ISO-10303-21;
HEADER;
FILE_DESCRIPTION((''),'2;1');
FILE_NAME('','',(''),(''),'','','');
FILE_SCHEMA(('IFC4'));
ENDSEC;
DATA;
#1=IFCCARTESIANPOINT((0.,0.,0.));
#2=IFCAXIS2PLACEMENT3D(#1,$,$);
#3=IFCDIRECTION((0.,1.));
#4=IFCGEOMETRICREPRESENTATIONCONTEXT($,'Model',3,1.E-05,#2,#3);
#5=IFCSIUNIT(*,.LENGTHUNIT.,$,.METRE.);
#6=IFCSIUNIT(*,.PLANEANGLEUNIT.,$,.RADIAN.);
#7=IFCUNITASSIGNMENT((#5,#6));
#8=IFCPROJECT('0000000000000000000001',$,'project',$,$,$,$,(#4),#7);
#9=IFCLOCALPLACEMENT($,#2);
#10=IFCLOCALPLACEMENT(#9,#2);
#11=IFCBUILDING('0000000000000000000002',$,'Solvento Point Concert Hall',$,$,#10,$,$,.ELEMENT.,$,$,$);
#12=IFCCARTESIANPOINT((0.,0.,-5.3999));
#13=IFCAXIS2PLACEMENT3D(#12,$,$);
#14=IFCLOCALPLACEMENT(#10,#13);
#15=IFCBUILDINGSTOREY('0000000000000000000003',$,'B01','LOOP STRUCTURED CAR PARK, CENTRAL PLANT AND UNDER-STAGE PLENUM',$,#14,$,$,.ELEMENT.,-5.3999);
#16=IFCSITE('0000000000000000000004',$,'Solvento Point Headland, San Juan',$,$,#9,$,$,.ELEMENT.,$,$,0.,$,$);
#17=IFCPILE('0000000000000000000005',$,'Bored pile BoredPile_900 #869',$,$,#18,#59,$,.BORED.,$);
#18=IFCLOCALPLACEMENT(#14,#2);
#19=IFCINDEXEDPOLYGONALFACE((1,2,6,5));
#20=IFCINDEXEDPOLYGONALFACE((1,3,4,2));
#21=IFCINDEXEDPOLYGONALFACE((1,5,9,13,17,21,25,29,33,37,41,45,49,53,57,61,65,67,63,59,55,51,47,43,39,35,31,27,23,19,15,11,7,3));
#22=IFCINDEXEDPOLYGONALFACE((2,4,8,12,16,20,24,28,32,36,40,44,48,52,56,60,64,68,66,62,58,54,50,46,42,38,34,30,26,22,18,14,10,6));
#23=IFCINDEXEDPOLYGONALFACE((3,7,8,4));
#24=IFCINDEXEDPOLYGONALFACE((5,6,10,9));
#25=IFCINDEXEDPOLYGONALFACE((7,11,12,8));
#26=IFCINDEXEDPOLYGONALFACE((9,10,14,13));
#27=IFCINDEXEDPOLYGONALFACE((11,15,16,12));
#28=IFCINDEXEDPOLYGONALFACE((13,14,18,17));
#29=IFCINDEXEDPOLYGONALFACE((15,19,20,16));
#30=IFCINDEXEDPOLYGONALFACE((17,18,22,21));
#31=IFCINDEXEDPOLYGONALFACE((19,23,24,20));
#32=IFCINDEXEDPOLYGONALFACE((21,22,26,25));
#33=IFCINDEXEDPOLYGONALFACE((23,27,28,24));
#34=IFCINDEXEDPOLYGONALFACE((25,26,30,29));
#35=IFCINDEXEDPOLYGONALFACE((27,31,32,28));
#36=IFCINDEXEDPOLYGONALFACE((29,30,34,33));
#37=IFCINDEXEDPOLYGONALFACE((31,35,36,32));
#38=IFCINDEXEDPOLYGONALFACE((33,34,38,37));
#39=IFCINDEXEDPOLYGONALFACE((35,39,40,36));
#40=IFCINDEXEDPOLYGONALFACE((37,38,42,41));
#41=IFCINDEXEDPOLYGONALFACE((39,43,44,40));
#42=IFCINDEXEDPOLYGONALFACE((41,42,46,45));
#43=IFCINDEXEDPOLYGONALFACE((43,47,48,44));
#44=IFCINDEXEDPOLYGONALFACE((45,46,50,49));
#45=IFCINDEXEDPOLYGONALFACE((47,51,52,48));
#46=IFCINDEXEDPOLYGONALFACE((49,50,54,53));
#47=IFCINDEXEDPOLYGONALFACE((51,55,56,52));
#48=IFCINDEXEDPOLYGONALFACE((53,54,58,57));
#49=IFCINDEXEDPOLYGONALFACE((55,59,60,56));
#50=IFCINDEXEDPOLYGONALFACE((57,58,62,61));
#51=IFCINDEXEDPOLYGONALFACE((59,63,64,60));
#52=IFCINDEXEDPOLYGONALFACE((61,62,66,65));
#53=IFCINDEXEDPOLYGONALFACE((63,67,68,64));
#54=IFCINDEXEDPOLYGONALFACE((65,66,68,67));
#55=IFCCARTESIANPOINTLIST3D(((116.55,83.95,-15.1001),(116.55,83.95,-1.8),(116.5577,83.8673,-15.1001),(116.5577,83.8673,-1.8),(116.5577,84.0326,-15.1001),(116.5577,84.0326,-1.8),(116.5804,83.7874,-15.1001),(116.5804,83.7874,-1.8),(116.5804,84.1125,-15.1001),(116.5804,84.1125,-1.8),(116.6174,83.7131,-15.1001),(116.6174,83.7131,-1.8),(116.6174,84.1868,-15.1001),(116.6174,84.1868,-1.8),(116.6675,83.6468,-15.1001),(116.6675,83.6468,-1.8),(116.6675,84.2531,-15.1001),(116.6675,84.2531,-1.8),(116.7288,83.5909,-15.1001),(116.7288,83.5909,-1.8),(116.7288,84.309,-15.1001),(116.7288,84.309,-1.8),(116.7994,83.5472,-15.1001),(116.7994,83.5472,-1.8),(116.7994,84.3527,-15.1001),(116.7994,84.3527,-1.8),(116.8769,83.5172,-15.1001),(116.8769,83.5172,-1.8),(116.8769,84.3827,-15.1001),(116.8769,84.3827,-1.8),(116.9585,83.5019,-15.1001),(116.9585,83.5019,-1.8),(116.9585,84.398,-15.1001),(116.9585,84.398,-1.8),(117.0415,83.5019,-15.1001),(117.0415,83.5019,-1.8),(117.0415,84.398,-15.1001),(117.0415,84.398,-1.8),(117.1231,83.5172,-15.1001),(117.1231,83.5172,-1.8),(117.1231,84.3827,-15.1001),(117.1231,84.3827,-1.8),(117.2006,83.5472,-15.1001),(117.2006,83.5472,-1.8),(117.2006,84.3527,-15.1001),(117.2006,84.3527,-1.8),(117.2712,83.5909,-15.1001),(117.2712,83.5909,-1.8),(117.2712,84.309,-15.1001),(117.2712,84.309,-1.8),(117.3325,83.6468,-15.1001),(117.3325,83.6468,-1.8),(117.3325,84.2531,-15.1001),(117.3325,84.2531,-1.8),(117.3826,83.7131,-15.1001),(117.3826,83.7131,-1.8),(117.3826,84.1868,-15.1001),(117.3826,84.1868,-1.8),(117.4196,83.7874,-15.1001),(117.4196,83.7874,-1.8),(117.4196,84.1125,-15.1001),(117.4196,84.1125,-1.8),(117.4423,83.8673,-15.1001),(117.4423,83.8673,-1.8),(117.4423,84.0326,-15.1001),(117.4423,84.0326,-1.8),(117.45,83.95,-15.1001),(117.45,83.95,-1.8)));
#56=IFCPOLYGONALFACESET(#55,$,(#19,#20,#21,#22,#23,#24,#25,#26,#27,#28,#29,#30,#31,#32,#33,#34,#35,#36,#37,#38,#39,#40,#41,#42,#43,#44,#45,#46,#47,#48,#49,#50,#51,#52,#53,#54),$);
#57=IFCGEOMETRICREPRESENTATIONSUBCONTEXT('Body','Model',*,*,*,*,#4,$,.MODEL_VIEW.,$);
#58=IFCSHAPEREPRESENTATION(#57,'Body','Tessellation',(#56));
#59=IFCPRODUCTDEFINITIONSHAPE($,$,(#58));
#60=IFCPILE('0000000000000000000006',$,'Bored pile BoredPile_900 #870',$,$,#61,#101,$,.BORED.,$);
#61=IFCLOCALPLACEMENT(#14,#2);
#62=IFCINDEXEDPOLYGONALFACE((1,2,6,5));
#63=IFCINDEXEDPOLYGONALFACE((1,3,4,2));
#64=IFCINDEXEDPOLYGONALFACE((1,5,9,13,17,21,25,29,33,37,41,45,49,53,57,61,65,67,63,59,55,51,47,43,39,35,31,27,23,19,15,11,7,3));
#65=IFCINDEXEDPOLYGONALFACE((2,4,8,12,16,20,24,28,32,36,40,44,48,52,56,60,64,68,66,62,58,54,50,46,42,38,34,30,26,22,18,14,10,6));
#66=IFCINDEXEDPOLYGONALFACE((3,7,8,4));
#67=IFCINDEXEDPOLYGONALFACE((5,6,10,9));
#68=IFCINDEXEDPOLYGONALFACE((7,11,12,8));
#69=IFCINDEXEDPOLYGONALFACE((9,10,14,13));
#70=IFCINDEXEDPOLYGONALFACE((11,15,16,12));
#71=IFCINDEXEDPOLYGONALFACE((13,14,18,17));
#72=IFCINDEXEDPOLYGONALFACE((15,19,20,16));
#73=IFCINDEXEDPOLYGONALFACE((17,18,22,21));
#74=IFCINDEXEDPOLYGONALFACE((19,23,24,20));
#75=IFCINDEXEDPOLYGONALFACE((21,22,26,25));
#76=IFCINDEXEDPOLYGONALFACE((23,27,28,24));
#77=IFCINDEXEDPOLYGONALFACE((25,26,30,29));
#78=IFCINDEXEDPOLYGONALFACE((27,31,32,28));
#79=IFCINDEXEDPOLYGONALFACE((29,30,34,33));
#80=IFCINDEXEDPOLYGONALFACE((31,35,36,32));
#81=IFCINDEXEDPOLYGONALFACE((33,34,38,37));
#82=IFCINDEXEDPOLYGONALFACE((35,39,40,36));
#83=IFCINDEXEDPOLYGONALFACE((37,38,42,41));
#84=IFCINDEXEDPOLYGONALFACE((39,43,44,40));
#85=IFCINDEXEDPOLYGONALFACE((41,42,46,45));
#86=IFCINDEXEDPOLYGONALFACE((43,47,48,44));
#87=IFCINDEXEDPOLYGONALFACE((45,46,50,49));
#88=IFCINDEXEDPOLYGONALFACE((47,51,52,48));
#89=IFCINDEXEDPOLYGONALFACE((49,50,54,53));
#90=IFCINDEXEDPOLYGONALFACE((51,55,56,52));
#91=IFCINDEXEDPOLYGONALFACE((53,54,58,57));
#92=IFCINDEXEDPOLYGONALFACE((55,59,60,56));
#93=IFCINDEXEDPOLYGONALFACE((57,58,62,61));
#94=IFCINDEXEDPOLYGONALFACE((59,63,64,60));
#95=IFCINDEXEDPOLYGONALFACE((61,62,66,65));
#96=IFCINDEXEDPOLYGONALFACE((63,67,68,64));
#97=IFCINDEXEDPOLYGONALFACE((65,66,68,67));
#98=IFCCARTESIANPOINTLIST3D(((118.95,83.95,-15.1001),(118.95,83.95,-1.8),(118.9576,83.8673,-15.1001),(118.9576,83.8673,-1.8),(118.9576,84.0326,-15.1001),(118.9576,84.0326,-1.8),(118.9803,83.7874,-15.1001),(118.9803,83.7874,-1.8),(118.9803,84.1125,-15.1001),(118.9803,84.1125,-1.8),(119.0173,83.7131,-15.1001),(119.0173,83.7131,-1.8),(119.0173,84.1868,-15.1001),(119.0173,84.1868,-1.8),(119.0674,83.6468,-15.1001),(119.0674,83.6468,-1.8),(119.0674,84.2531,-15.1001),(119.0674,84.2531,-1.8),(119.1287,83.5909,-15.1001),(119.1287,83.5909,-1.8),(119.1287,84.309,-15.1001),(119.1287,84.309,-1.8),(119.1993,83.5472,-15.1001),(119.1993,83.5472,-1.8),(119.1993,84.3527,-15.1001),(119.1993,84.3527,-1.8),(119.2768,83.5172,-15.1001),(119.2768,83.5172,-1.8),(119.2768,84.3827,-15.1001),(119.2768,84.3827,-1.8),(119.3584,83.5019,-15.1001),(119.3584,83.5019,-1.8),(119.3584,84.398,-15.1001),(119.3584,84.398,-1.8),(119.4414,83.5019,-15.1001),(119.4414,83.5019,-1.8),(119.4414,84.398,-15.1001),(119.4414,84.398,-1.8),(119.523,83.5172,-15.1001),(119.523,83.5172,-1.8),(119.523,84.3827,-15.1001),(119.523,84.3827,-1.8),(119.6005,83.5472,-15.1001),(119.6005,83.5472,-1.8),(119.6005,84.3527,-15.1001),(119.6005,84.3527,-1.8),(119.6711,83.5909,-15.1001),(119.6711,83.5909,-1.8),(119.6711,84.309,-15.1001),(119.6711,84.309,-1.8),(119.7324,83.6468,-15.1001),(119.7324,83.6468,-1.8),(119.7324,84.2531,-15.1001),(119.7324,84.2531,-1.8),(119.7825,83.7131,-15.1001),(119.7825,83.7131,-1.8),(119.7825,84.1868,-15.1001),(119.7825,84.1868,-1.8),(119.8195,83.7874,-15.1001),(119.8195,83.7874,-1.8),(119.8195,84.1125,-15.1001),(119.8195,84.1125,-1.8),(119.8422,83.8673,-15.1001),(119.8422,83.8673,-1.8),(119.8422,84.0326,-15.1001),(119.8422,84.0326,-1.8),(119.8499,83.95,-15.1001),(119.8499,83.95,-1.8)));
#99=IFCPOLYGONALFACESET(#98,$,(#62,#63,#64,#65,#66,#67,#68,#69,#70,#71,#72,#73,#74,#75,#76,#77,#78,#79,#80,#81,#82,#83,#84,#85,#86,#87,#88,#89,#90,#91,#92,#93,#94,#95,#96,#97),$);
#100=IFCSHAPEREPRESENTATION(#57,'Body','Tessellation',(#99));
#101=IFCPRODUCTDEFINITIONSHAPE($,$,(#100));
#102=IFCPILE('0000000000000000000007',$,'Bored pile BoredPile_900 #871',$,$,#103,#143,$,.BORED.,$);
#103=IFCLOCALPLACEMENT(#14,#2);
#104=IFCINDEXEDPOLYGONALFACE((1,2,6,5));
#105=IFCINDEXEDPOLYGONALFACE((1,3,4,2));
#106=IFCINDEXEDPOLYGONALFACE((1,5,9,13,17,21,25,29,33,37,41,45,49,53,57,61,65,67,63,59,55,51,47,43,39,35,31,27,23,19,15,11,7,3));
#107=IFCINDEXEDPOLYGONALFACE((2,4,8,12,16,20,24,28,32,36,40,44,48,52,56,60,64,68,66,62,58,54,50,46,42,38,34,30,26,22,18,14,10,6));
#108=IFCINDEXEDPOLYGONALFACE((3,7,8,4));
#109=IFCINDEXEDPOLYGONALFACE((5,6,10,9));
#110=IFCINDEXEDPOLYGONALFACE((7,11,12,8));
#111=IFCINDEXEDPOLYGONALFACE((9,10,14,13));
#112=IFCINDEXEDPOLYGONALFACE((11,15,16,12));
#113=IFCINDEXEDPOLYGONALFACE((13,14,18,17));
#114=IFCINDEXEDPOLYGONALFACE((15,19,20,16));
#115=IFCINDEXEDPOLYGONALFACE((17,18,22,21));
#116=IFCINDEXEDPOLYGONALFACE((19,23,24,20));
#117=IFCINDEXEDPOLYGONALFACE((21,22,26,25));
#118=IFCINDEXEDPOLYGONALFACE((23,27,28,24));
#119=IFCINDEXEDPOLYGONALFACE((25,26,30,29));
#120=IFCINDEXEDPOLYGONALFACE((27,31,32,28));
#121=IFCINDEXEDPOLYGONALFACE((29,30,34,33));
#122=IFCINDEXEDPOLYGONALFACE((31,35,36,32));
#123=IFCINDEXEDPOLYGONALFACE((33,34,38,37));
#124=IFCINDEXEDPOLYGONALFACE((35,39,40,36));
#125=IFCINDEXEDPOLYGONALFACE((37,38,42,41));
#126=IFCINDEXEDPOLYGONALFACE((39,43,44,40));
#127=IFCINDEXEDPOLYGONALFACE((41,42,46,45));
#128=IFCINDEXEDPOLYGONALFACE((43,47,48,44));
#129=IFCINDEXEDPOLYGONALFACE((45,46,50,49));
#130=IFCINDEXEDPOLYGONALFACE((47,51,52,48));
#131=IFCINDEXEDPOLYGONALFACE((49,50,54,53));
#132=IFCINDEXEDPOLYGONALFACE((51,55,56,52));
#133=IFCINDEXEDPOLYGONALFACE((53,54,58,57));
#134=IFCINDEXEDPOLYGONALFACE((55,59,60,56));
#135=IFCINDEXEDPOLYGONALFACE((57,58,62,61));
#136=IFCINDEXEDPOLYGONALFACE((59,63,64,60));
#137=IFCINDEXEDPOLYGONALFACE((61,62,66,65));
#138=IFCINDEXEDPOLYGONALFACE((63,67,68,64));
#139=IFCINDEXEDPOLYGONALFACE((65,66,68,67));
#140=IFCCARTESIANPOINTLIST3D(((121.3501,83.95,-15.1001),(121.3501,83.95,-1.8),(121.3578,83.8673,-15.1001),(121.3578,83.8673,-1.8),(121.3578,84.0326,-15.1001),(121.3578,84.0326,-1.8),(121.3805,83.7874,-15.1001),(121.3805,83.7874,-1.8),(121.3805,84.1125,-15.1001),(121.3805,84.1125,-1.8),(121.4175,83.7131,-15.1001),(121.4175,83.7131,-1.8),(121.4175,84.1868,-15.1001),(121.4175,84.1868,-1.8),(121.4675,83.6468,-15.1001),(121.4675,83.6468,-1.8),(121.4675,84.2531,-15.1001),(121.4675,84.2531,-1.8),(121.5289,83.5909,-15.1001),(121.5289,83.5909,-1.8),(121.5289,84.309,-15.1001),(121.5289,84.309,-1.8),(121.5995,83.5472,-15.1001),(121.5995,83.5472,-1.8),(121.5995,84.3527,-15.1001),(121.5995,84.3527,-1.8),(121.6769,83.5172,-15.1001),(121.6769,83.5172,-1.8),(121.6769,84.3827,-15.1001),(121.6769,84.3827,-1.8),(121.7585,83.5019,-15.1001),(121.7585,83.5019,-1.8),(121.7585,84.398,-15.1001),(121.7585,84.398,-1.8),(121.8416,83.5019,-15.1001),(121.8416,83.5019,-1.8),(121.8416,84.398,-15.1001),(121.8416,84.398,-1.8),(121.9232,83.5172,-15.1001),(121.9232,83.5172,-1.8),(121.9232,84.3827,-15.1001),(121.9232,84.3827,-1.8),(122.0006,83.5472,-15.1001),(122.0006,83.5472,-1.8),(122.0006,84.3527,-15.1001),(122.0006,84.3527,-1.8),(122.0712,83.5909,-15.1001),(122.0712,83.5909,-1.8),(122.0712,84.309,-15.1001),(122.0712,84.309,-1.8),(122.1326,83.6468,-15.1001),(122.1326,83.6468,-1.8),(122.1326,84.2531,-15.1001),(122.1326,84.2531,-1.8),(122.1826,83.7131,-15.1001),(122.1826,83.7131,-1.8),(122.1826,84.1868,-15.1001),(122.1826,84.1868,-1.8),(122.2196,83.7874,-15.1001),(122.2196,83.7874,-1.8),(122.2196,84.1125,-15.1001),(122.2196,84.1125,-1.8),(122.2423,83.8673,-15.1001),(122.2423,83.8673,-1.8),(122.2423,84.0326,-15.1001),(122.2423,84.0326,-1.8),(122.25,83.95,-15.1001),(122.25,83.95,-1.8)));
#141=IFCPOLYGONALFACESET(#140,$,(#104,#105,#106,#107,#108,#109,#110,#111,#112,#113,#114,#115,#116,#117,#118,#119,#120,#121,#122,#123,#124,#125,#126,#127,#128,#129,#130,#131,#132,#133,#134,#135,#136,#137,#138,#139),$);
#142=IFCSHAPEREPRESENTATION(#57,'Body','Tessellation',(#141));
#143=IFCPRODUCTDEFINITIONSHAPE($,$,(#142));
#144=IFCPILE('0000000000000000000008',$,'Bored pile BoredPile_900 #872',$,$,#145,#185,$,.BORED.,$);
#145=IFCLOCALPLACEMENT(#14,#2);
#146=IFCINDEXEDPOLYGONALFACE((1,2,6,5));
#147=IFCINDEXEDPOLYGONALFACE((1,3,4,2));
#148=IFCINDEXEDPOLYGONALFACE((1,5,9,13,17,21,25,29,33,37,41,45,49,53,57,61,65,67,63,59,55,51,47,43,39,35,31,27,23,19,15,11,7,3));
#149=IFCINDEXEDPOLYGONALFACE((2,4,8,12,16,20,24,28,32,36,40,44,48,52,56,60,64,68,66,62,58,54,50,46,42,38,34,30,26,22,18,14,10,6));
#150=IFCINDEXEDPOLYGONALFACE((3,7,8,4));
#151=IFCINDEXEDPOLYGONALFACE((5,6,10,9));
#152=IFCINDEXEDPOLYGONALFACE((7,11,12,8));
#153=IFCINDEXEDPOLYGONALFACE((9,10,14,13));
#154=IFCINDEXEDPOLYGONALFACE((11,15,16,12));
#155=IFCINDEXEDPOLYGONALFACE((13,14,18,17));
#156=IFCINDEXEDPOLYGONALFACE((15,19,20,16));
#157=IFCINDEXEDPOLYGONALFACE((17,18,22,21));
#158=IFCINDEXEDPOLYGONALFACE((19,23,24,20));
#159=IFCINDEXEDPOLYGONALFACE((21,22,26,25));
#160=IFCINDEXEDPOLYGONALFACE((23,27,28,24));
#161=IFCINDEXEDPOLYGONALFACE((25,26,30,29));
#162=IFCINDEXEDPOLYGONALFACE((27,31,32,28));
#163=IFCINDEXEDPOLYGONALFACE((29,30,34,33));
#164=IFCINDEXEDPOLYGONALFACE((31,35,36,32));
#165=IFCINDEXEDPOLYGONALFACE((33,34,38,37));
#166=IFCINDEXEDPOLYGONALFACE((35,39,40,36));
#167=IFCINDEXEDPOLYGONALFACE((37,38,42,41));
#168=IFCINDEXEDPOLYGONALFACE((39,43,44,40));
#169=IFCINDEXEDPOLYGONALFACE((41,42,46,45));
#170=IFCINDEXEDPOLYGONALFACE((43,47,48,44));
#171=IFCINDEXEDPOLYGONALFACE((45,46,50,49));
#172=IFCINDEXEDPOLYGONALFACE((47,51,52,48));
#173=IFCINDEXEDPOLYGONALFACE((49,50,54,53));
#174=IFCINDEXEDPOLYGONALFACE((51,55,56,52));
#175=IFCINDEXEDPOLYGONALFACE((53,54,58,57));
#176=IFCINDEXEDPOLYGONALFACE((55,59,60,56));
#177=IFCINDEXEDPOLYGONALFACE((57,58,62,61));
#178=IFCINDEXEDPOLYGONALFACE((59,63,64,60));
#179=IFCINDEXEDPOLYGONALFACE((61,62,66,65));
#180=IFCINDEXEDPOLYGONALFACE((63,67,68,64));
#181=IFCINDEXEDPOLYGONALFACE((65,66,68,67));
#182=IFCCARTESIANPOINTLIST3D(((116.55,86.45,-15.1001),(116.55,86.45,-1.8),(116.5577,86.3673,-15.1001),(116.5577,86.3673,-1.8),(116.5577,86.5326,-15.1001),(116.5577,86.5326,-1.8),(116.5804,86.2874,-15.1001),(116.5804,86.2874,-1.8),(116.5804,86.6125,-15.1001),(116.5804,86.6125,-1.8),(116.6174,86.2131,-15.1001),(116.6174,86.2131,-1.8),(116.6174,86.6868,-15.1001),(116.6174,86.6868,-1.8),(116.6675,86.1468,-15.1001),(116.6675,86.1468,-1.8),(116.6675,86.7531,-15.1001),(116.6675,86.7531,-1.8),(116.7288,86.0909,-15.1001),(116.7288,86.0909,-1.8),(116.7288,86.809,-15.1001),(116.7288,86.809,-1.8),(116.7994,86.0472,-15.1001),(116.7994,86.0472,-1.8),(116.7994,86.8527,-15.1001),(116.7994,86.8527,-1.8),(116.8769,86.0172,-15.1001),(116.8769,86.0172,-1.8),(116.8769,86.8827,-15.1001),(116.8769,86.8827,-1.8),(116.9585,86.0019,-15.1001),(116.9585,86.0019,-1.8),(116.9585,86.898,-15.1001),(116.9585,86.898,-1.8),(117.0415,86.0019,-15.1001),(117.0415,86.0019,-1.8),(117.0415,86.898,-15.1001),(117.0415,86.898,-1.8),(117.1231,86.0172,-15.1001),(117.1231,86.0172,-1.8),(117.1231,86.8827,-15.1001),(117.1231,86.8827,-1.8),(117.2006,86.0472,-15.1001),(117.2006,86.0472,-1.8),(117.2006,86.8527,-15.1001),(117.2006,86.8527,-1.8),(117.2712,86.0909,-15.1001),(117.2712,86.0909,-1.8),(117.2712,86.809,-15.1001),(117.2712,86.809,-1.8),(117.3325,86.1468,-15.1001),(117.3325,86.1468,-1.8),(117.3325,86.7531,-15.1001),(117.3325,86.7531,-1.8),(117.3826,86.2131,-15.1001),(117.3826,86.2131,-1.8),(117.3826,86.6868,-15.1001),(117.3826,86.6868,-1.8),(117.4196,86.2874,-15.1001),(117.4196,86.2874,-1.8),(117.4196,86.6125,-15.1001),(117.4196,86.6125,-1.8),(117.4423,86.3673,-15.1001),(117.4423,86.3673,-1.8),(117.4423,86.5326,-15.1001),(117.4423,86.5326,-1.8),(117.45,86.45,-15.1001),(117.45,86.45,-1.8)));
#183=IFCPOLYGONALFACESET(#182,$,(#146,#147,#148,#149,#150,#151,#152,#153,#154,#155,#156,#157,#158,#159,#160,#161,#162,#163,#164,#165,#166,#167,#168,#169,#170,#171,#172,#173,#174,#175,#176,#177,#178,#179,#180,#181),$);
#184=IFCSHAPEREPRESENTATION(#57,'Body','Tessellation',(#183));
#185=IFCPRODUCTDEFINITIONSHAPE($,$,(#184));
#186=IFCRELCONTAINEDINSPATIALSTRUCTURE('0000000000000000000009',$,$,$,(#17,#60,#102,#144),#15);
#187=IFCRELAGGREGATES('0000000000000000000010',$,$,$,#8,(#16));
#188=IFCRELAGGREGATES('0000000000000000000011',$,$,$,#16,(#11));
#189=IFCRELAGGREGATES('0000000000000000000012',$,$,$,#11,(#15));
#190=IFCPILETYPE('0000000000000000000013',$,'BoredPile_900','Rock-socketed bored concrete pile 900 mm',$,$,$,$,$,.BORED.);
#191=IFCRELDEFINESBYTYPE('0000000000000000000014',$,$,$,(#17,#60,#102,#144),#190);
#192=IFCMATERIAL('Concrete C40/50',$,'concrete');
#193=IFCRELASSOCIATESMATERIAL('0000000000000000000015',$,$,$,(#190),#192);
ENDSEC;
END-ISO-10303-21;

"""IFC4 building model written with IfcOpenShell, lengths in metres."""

from ifc_helpers import new_model, si_unit, direction, frame, origin, origin_2d, place, context, subcontext, project, spatial, circle, extrude, material, material_profile, profile_set, type_object, element, save


model = new_model("IFC4")

# Units and contexts
model_context = context("Model", 3, precision=1e-05, world=origin(), true_north=direction((0.0, 1.0)))
body_context = subcontext(model_context, "Body", "Model", "MODEL_VIEW")
ifc_project = project(units=[si_unit("LENGTHUNIT", "METRE"), si_unit("PLANEANGLEUNIT", "RADIAN")], contexts=[model_context])

# Site, building, storey
site_placement = place(None, origin())
site = spatial("IfcSite", under=ifc_project, at=site_placement, Name="Solvento Point Headland, San Juan", CompositionType="ELEMENT", RefElevation=0.0)
building_placement = place(site_placement, origin())
building = spatial("IfcBuilding", under=site, at=building_placement, Name="Solvento Point Concert Hall", CompositionType="ELEMENT")
storey_placement = place(building_placement, frame((0.0, 0.0, -5.3999)))
storey = spatial("IfcBuildingStorey", under=building, at=storey_placement, Name="B01", Description="LOOP STRUCTURED CAR PARK, CENTRAL PLANT AND UNDER-STAGE PLENUM", CompositionType="ELEMENT", Elevation=-5.3999)

# Piles
ifc_material_1 = material(Name="Concrete C40/50", Category="concrete")
ifc_material_profile_1 = material_profile(ifc_material_1, circle(Radius=0.45, at=origin_2d()), Name="BP-900")
ifc_profile_set_1 = profile_set([ifc_material_profile_1], Name="Concrete C40/50")
pile_type_1 = type_object("IfcPileType", Name="BoredPile_900", Description="Rock-socketed bored concrete pile 900 mm", PredefinedType="BORED", material=ifc_profile_set_1)
for number, where, z_axis, x_axis, name in (
    (1, (117.0, 83.95, -1.8), (0.0, 0.0, -1.0), (1.0, 0.0, 0.0), "Bored pile BoredPile_900 #869"),
    (2, (119.3999, 83.95, -1.8), (0.0, 0.0, -1.0), (1.0, 0.0, 0.0), "Bored pile BoredPile_900 #870"),
    (3, (121.8, 83.95, -1.8), (0.0, 0.0, -1.0), (1.0, 0.0, 0.0), "Bored pile BoredPile_900 #871"),
    (4, (117.0, 86.45, -1.8), (0.0, 0.0, -1.0), (1.0, 0.0, 0.0), "Bored pile BoredPile_900 #872"),
):
    element("IfcPile", number, at=place(storey_placement, frame(where, z_axis=z_axis, x_axis=x_axis)), inside=storey, type_object=pile_type_1, Name=name, PredefinedType="BORED", context=body_context, shape_type="SweptSolid", body=[
        extrude(circle(Radius=0.45, at=origin_2d()), origin(), (0.0, 0.0, 1.0), 13.3),
    ])

save(model, "model.ifc")
